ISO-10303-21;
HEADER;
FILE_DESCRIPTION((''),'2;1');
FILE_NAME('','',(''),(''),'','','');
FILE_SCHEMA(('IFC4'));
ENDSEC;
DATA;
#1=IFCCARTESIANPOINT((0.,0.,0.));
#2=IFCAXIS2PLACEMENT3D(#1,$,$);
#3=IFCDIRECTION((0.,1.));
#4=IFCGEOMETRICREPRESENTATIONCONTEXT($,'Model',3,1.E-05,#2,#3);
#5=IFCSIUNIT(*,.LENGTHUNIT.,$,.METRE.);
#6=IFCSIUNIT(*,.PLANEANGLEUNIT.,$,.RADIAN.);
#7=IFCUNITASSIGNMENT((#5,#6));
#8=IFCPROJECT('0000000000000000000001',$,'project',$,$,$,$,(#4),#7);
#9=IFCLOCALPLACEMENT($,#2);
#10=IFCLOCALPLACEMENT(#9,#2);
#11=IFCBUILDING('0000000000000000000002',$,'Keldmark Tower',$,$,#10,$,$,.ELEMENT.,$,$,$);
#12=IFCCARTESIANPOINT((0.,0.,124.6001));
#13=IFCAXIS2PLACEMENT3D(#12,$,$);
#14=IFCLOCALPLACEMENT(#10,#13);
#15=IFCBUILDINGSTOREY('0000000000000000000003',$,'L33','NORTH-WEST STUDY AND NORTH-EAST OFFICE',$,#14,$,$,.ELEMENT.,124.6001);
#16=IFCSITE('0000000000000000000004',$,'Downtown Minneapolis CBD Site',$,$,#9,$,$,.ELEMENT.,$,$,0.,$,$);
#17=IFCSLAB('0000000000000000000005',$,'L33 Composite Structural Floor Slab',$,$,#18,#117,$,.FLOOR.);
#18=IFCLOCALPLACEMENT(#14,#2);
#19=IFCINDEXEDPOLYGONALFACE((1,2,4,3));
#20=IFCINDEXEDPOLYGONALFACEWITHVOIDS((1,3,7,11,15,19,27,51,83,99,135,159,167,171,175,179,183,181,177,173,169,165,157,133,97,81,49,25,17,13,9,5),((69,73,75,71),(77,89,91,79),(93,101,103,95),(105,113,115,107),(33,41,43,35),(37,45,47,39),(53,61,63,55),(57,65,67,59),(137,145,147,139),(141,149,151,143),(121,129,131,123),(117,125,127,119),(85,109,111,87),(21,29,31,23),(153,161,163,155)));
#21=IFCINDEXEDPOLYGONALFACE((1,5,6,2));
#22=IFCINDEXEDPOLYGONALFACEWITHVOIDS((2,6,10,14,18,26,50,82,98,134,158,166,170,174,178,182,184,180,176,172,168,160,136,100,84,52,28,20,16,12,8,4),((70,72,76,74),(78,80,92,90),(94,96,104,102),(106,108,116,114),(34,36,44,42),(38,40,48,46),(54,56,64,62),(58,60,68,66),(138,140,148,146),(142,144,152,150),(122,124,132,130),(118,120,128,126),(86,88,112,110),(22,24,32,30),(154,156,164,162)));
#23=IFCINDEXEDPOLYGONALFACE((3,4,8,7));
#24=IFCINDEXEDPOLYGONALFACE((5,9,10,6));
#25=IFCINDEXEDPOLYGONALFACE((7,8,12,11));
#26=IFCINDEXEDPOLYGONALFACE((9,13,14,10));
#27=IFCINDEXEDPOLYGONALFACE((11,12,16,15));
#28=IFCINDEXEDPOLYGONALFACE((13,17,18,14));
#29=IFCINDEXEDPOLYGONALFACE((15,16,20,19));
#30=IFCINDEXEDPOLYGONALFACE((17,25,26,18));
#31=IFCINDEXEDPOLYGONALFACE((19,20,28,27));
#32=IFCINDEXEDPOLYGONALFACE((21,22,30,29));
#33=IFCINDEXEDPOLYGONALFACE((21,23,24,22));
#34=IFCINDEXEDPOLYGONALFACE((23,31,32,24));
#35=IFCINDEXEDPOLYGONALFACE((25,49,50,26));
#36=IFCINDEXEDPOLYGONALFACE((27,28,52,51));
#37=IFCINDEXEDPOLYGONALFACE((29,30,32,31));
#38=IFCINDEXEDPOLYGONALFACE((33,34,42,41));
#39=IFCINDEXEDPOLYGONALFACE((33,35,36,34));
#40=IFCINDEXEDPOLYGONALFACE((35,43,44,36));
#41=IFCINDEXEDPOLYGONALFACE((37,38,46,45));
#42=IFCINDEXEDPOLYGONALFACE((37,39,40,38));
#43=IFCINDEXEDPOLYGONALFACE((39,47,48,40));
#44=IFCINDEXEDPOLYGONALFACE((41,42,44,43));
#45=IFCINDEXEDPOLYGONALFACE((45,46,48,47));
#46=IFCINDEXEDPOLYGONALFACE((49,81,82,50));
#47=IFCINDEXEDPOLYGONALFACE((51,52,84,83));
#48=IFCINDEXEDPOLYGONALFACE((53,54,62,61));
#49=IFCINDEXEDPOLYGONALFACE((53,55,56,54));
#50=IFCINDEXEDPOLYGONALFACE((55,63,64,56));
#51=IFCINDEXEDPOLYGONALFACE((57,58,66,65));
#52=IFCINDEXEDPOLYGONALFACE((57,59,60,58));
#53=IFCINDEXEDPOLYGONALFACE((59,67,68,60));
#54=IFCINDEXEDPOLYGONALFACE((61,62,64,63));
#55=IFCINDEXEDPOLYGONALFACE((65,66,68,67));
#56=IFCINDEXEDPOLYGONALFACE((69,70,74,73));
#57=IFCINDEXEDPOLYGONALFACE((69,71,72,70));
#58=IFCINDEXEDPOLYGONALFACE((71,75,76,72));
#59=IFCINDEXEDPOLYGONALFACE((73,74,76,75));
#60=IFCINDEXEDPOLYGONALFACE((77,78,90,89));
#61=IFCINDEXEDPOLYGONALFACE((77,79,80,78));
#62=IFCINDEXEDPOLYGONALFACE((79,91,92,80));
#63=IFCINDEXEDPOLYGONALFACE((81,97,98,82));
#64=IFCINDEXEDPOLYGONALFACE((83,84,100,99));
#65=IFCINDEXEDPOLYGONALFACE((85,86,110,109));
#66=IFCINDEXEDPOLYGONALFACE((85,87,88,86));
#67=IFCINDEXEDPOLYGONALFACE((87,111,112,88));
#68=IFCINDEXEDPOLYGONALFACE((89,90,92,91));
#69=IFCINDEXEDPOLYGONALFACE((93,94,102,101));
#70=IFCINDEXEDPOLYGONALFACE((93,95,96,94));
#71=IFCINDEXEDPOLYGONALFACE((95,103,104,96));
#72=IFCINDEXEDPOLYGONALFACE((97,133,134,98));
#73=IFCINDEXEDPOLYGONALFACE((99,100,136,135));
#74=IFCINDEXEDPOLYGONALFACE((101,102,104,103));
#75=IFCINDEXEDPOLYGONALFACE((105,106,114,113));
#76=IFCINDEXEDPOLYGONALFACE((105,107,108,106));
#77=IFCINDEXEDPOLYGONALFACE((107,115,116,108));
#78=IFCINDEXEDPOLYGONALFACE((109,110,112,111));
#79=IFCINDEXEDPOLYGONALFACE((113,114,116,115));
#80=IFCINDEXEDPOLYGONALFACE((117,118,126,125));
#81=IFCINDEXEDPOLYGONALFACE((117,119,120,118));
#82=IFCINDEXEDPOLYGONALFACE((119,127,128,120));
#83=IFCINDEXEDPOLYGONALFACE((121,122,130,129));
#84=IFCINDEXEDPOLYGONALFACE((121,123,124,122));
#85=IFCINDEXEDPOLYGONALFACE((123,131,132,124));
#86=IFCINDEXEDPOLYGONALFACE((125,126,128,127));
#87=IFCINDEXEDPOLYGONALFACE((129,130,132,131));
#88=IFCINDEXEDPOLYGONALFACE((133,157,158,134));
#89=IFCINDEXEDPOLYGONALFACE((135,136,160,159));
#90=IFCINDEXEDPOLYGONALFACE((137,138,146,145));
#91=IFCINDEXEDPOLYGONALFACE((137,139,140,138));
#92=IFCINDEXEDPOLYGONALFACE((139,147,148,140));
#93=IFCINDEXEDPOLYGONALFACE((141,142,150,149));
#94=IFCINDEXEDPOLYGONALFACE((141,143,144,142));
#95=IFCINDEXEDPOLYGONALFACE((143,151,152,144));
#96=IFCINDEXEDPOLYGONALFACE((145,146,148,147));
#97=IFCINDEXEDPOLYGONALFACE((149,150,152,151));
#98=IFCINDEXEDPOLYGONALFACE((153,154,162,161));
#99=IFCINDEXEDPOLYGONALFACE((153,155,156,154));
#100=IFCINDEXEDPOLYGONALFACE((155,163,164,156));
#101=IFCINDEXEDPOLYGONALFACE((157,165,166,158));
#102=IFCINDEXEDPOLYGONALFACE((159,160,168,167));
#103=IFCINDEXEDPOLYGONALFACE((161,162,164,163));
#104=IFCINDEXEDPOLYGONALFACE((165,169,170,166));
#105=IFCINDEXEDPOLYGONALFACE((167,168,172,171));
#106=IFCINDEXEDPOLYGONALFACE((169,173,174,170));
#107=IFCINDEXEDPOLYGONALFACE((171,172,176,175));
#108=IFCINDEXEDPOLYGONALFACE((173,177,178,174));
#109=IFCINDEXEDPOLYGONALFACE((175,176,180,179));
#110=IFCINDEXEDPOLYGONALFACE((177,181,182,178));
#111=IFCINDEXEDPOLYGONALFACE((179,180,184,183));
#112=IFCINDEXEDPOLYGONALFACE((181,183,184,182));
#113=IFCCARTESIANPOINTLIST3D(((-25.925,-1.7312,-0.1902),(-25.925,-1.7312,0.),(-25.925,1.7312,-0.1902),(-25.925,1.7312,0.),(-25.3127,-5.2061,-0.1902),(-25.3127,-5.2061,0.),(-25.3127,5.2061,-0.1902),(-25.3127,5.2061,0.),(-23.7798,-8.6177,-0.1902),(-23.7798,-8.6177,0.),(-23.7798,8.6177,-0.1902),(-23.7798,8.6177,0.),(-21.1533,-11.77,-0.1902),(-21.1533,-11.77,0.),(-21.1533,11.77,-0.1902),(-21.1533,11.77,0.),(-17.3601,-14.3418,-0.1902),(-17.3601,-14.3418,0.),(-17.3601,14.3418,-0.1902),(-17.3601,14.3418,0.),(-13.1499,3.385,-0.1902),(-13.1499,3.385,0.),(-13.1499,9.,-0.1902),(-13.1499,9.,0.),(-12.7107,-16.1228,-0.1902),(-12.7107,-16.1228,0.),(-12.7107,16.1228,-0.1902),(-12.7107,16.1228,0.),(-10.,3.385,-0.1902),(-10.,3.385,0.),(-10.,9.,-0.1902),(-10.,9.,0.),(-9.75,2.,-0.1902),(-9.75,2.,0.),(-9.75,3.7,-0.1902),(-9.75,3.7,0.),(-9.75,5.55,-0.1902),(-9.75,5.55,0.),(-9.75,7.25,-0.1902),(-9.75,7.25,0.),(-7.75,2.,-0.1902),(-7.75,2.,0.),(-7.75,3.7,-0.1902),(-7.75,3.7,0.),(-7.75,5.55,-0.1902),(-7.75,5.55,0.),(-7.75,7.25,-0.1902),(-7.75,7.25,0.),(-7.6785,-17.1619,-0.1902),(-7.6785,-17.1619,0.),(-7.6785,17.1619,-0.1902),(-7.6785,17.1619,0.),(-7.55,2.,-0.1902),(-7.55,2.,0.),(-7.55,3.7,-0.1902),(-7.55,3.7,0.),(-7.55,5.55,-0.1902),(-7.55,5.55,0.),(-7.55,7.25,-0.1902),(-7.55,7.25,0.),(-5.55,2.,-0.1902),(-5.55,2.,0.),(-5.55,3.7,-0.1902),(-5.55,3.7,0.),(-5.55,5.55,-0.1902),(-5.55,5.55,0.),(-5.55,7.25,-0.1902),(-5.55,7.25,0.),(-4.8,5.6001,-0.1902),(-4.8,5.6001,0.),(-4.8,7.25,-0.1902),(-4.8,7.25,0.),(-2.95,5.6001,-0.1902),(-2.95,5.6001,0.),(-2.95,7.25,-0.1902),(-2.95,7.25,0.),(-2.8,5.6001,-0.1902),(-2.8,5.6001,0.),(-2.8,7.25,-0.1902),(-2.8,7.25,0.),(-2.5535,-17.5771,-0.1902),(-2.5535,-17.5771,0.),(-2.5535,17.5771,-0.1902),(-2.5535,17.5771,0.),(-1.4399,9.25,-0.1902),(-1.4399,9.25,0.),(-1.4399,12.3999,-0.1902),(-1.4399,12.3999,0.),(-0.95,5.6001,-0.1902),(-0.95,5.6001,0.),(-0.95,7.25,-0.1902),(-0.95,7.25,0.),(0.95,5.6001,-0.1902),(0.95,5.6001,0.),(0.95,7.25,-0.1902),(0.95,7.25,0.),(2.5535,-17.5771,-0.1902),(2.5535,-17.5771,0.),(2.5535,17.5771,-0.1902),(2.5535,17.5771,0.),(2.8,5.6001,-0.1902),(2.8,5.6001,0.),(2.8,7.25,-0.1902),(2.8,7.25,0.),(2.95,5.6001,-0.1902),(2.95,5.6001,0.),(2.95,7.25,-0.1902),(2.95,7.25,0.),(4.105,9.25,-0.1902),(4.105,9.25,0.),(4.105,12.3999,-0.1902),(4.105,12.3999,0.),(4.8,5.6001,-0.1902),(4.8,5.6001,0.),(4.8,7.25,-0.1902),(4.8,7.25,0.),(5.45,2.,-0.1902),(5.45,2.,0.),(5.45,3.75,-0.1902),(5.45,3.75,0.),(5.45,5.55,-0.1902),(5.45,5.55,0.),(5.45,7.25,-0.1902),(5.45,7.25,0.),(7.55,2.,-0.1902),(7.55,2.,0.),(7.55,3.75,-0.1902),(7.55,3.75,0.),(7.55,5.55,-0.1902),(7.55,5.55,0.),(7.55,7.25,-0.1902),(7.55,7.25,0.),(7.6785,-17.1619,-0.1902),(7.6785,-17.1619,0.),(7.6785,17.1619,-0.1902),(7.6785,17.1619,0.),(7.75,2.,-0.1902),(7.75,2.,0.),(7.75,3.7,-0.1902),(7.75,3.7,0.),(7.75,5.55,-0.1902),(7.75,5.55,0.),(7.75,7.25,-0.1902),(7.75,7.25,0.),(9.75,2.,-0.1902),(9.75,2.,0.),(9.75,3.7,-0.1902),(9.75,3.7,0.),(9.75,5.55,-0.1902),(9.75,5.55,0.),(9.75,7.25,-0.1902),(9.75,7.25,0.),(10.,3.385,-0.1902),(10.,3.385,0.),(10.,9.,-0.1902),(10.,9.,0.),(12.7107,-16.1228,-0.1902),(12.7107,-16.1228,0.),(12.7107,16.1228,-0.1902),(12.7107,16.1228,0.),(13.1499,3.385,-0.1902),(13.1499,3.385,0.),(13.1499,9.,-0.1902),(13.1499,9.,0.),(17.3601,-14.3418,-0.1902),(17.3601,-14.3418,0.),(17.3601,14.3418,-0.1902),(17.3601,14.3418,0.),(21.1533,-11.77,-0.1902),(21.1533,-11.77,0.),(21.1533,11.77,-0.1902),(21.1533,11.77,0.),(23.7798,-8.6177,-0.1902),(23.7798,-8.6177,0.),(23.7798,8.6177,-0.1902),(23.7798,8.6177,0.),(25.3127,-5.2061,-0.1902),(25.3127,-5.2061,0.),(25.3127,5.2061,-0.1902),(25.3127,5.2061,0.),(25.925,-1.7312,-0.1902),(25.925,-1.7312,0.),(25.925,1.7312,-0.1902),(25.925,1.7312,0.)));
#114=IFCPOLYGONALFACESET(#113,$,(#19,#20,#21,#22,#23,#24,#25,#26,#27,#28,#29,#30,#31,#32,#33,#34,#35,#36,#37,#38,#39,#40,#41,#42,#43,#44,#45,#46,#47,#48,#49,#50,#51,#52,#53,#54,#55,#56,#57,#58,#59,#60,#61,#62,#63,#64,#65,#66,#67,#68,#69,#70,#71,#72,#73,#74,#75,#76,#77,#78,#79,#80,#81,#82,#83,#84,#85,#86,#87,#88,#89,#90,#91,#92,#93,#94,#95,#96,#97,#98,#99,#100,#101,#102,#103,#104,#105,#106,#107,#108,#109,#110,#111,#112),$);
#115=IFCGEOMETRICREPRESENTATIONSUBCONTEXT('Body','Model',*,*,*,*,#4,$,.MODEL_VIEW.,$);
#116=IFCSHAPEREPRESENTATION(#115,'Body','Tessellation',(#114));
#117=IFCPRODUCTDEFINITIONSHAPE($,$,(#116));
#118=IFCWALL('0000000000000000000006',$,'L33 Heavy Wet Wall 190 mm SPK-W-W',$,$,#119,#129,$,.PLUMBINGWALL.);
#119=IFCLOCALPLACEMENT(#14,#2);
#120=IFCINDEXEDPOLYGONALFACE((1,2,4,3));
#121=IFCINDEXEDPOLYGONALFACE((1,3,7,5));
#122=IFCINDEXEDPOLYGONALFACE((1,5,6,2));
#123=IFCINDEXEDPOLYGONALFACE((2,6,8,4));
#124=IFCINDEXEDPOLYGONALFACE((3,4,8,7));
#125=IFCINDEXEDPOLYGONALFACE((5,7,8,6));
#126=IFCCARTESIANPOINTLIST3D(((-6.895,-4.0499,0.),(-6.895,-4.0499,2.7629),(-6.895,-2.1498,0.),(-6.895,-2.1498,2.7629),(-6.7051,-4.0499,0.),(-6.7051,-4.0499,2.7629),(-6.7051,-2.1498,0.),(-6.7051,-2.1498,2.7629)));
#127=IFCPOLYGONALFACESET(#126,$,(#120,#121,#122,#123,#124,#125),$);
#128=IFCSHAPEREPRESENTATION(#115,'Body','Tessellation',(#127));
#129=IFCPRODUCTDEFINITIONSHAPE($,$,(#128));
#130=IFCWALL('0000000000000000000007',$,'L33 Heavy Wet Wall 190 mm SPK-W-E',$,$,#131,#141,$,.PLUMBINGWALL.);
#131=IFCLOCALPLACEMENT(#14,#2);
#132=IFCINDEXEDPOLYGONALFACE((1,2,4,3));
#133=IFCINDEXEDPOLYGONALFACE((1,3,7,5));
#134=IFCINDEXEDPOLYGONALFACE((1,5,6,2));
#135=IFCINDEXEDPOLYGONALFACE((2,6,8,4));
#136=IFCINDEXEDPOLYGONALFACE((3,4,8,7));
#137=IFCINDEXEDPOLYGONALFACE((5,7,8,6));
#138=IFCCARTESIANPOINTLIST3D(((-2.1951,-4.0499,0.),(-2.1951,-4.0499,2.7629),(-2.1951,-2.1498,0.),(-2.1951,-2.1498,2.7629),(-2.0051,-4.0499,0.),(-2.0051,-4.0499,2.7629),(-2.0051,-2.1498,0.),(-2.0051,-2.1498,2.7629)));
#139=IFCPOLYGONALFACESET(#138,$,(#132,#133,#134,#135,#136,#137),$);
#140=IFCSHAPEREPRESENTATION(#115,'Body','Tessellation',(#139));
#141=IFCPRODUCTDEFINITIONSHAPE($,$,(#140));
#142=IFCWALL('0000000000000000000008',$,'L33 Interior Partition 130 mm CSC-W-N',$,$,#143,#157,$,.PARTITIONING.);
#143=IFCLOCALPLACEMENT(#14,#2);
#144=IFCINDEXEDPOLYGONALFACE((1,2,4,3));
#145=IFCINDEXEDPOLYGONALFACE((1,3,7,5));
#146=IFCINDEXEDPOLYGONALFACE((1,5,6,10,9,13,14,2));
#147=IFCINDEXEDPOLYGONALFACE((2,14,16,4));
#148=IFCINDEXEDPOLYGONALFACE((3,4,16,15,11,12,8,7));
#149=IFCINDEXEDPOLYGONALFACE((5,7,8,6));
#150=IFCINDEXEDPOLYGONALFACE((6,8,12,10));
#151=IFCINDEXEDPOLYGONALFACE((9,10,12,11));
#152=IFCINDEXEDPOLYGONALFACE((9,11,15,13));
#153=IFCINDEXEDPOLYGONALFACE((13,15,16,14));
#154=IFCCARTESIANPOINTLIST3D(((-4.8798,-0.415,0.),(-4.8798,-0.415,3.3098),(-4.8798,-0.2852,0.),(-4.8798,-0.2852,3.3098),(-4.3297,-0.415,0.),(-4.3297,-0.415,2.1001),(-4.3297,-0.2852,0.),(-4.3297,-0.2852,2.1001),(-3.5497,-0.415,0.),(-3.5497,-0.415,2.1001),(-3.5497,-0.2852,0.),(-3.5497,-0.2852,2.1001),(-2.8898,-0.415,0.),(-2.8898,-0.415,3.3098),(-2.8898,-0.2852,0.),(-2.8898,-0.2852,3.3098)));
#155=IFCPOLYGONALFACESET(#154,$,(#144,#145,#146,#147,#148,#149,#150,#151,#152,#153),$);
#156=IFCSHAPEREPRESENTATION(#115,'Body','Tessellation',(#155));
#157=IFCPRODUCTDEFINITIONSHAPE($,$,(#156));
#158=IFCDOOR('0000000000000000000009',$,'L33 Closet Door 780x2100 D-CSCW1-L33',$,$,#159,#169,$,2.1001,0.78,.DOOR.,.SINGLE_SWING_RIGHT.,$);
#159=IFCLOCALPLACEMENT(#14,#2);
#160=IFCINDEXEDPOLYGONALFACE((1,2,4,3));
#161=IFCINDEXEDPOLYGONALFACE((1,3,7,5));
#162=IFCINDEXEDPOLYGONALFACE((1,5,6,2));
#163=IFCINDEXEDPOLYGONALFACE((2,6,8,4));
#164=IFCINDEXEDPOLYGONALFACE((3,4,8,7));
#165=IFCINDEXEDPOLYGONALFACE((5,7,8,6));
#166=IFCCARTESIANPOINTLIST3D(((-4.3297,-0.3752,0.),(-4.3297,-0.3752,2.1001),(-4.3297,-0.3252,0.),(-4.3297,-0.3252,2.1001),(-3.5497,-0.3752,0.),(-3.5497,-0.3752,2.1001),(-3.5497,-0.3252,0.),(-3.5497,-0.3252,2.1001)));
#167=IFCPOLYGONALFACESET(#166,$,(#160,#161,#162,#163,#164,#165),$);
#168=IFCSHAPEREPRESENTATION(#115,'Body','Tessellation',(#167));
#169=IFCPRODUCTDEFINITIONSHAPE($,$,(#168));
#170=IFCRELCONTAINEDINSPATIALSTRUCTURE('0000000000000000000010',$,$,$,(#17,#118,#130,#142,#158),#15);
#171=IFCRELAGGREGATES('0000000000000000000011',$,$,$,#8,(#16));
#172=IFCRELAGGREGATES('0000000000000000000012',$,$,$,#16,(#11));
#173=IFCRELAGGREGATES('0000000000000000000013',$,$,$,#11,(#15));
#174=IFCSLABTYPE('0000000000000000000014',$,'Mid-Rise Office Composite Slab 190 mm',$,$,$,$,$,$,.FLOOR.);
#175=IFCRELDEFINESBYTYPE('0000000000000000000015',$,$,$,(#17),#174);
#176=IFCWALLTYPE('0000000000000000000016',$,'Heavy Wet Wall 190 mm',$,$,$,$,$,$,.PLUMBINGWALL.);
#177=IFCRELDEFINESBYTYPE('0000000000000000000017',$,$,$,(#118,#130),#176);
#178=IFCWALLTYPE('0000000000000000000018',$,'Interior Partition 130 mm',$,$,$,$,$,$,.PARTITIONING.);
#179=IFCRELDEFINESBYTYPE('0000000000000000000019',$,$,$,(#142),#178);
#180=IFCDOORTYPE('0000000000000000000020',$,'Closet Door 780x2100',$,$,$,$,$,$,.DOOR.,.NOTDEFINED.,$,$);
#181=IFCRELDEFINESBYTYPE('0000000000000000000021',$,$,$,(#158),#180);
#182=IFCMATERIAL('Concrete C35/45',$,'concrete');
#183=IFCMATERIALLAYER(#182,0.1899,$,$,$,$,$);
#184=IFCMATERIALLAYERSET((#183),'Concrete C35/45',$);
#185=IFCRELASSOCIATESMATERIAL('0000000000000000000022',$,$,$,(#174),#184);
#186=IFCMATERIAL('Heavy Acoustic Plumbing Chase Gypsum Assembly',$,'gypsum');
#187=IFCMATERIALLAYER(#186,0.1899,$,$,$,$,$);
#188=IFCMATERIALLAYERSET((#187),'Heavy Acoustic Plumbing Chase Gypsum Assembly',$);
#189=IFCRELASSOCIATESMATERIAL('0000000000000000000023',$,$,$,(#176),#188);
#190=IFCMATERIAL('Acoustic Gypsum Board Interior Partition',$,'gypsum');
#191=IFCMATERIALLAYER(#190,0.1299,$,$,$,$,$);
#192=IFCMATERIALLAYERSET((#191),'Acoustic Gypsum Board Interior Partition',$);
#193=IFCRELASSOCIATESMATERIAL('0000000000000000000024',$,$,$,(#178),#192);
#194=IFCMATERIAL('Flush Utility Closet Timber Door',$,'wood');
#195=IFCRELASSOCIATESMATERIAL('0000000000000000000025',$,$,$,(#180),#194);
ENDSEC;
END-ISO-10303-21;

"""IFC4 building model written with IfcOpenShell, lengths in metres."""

from ifc_helpers import new_model, si_unit, direction, frame, frame_2d, origin, place, context, subcontext, project, spatial, polyline, rectangle, outline, extrude, material, layer, layer_set, type_object, element, fill, save


model = new_model("IFC4")

# Units and contexts
model_context = context("Model", 3, precision=1e-05, world=origin(), true_north=direction((0.0, 1.0)))
body_context = subcontext(model_context, "Body", "Model", "MODEL_VIEW")
ifc_project = project(units=[si_unit("LENGTHUNIT", "METRE"), si_unit("PLANEANGLEUNIT", "RADIAN")], contexts=[model_context])

# Site, building, storey
site_placement = place(None, origin())
site = spatial("IfcSite", under=ifc_project, at=site_placement, Name="Downtown Minneapolis CBD Site", CompositionType="ELEMENT", RefElevation=0.0)
building_placement = place(site_placement, origin())
building = spatial("IfcBuilding", under=site, at=building_placement, Name="Keldmark Tower", CompositionType="ELEMENT")
storey_placement = place(building_placement, frame((0.0, 0.0, 124.6001)))
storey = spatial("IfcBuildingStorey", under=building, at=storey_placement, Name="L33", Description="NORTH-WEST STUDY AND NORTH-EAST OFFICE", CompositionType="ELEMENT", Elevation=124.6001)

# Slab
ifc_material_1 = material(Name="Concrete C35/45", Category="concrete")
ifc_layer_1 = layer(ifc_material_1, 0.1899)
ifc_layer_set_1 = layer_set([ifc_layer_1], Name="Concrete C35/45")
slab_type = type_object("IfcSlabType", Name="Mid-Rise Office Composite Slab 190 mm", PredefinedType="FLOOR", material=ifc_layer_set_1)
slab_placement = place(storey_placement, frame((0.0, 0.0, -0.1902)))
element("IfcSlab", 1, at=slab_placement, inside=storey, type_object=slab_type, Name="L33 Composite Structural Floor Slab", PredefinedType="FLOOR", context=body_context, shape_type="SweptSolid", body=[
    extrude(outline(polyline([(25.925, 1.7312), (25.3127, 5.2061), (23.7798, 8.6177), (21.1533, 11.77), (17.3601, 14.3418), (12.7107, 16.1228), (7.6785, 17.1619), (2.5535, 17.5771), (-2.5535, 17.5771), (-7.6785, 17.1619), (-12.7107, 16.1228), (-17.3601, 14.3418), (-21.1533, 11.77), (-23.7798, 8.6177), (-25.3127, 5.2061), (-25.925, 1.7312), (-25.925, -1.7312), (-25.3127, -5.2061), (-23.7798, -8.6177), (-21.1533, -11.77), (-17.3601, -14.3418), (-12.7107, -16.1228), (-7.6785, -17.1619), (-2.5535, -17.5771), (2.5535, -17.5771), (7.6785, -17.1619), (12.7107, -16.1228), (17.3601, -14.3418), (21.1533, -11.77), (23.7798, -8.6177), (25.3127, -5.2061), (25.925, -1.7312), (25.925, 1.7312)]), holes=[polyline([(-10.0, 3.385), (-10.0, 9.0), (-13.1499, 9.0), (-13.1499, 3.385), (-10.0, 3.385)]), polyline([(13.1499, 3.385), (13.1499, 9.0), (10.0, 9.0), (10.0, 3.385), (13.1499, 3.385)]), polyline([(-1.4399, 9.25), (4.105, 9.25), (4.105, 12.3999), (-1.4399, 12.3999), (-1.4399, 9.25)]), polyline([(-9.75, 2.0), (-7.75, 2.0), (-7.75, 3.7), (-9.75, 3.7), (-9.75, 2.0)]), polyline([(7.75, 2.0), (9.75, 2.0), (9.75, 3.7), (7.75, 3.7), (7.75, 2.0)]), polyline([(5.45, 2.0), (7.55, 2.0), (7.55, 3.75), (5.45, 3.75), (5.45, 2.0)]), polyline([(-4.8, 5.6001), (-2.95, 5.6001), (-2.95, 7.25), (-4.8, 7.25), (-4.8, 5.6001)]), polyline([(-2.8, 5.6001), (-0.95, 5.6001), (-0.95, 7.25), (-2.8, 7.25), (-2.8, 5.6001)]), polyline([(0.95, 5.6001), (2.8, 5.6001), (2.8, 7.25), (0.95, 7.25), (0.95, 5.6001)]), polyline([(2.95, 5.6001), (4.8, 5.6001), (4.8, 7.25), (2.95, 7.25), (2.95, 5.6001)]), polyline([(-9.75, 5.55), (-7.75, 5.55), (-7.75, 7.25), (-9.75, 7.25), (-9.75, 5.55)]), polyline([(-7.55, 5.55), (-5.55, 5.55), (-5.55, 7.25), (-7.55, 7.25), (-7.55, 5.55)]), polyline([(-7.55, 2.0), (-5.55, 2.0), (-5.55, 3.7), (-7.55, 3.7), (-7.55, 2.0)]), polyline([(5.45, 5.55), (7.55, 5.55), (7.55, 7.25), (5.45, 7.25), (5.45, 5.55)]), polyline([(7.75, 5.55), (9.75, 5.55), (9.75, 7.25), (7.75, 7.25), (7.75, 5.55)])]), origin(), (0.0, 0.0, 1.0), 0.1902),
])

# Walls
ifc_material_2 = material(Name="Heavy Acoustic Plumbing Chase Gypsum Assembly", Category="gypsum")
ifc_layer_2 = layer(ifc_material_2, 0.1899)
ifc_layer_set_2 = layer_set([ifc_layer_2], Name="Heavy Acoustic Plumbing Chase Gypsum Assembly")
wall_type_1 = type_object("IfcWallType", Name="Heavy Wet Wall 190 mm", PredefinedType="PLUMBINGWALL", material=ifc_layer_set_2)
for number, where, z_axis, x_axis, name in (
    (2, (-6.8, -4.05, 0.0), (0.0, 0.0, 1.0), (0.0, 1.0, 0.0), "L33 Heavy Wet Wall 190 mm SPK-W-W"),
    (3, (-2.1001, -4.05, 0.0), (0.0, 0.0, 1.0), (0.0, 1.0, 0.0), "L33 Heavy Wet Wall 190 mm SPK-W-E"),
):
    element("IfcWall", number, at=place(storey_placement, frame(where, z_axis=z_axis, x_axis=x_axis)), inside=storey, type_object=wall_type_1, Name=name, PredefinedType="PLUMBINGWALL", context=body_context, shape_type="SweptSolid", body=[
        extrude(rectangle(XDim=1.9001, YDim=0.1899, at=frame_2d((0.9502, 0.0))), origin(), (0.0, 0.0, 1.0), 2.7629),
    ])

# Wall, opening, door
ifc_material_3 = material(Name="Acoustic Gypsum Board Interior Partition", Category="gypsum")
ifc_layer_3 = layer(ifc_material_3, 0.1299)
ifc_layer_set_3 = layer_set([ifc_layer_3], Name="Acoustic Gypsum Board Interior Partition")
wall_type_2 = type_object("IfcWallType", Name="Interior Partition 130 mm", PredefinedType="PARTITIONING", material=ifc_layer_set_3)
wall_1_placement = place(storey_placement, frame((-4.8799, -0.3501, 0.0), z_axis=(0.0, 0.0, 1.0), x_axis=(1.0, 0.0, 0.0)))
wall_1 = element("IfcWall", 4, at=wall_1_placement, inside=storey, type_object=wall_type_2, Name="L33 Interior Partition 130 mm CSC-W-N", PredefinedType="PARTITIONING", context=body_context, shape_type="SweptSolid", body=[
    extrude(rectangle(XDim=1.99, YDim=0.1299, at=frame_2d((0.9951, 0.0))), origin(), (0.0, 0.0, 1.0), 3.3098),
])
opening_1_placement = place(wall_1_placement, frame((0.55, 0.0, 0.0)))
opening_1 = element("IfcOpeningElement", 5, at=opening_1_placement, cuts=wall_1, PredefinedType="OPENING", context=body_context, shape_type="SweptSolid", body=[
    extrude(rectangle(XDim=0.78, YDim=2.1001, at=frame_2d((0.3901, 1.05))), frame((0.0, 0.075, 0.0), z_axis=(0.0, -1.0, 0.0), x_axis=(1.0, 0.0, 0.0)), (0.0, 0.0, 1.0), 0.1499),
])
ifc_material_4 = material(Name="Flush Utility Closet Timber Door", Category="wood")
door_type_1 = type_object("IfcDoorType", Name="Closet Door 780x2100", OperationType="NOTDEFINED", PredefinedType="DOOR", material=ifc_material_4)
door_1_placement = place(opening_1_placement, origin())
door_1 = element("IfcDoor", 6, at=door_1_placement, inside=storey, type_object=door_type_1, Name="L33 Closet Door 780x2100 D-CSCW1-L33", OperationType="SINGLE_SWING_RIGHT", OverallHeight=2.1001, OverallWidth=0.78, PredefinedType="DOOR", context=body_context, shape_type="SweptSolid", body=[
    extrude(rectangle(XDim=0.78, YDim=2.1001, at=frame_2d((0.3901, 1.05))), frame((0.0, 0.0249, 0.0), z_axis=(0.0, -1.0, 0.0), x_axis=(1.0, 0.0, 0.0)), (0.0, 0.0, 1.0), 0.05),
])
fill(opening_1, door_1)

save(model, "model.ifc")
